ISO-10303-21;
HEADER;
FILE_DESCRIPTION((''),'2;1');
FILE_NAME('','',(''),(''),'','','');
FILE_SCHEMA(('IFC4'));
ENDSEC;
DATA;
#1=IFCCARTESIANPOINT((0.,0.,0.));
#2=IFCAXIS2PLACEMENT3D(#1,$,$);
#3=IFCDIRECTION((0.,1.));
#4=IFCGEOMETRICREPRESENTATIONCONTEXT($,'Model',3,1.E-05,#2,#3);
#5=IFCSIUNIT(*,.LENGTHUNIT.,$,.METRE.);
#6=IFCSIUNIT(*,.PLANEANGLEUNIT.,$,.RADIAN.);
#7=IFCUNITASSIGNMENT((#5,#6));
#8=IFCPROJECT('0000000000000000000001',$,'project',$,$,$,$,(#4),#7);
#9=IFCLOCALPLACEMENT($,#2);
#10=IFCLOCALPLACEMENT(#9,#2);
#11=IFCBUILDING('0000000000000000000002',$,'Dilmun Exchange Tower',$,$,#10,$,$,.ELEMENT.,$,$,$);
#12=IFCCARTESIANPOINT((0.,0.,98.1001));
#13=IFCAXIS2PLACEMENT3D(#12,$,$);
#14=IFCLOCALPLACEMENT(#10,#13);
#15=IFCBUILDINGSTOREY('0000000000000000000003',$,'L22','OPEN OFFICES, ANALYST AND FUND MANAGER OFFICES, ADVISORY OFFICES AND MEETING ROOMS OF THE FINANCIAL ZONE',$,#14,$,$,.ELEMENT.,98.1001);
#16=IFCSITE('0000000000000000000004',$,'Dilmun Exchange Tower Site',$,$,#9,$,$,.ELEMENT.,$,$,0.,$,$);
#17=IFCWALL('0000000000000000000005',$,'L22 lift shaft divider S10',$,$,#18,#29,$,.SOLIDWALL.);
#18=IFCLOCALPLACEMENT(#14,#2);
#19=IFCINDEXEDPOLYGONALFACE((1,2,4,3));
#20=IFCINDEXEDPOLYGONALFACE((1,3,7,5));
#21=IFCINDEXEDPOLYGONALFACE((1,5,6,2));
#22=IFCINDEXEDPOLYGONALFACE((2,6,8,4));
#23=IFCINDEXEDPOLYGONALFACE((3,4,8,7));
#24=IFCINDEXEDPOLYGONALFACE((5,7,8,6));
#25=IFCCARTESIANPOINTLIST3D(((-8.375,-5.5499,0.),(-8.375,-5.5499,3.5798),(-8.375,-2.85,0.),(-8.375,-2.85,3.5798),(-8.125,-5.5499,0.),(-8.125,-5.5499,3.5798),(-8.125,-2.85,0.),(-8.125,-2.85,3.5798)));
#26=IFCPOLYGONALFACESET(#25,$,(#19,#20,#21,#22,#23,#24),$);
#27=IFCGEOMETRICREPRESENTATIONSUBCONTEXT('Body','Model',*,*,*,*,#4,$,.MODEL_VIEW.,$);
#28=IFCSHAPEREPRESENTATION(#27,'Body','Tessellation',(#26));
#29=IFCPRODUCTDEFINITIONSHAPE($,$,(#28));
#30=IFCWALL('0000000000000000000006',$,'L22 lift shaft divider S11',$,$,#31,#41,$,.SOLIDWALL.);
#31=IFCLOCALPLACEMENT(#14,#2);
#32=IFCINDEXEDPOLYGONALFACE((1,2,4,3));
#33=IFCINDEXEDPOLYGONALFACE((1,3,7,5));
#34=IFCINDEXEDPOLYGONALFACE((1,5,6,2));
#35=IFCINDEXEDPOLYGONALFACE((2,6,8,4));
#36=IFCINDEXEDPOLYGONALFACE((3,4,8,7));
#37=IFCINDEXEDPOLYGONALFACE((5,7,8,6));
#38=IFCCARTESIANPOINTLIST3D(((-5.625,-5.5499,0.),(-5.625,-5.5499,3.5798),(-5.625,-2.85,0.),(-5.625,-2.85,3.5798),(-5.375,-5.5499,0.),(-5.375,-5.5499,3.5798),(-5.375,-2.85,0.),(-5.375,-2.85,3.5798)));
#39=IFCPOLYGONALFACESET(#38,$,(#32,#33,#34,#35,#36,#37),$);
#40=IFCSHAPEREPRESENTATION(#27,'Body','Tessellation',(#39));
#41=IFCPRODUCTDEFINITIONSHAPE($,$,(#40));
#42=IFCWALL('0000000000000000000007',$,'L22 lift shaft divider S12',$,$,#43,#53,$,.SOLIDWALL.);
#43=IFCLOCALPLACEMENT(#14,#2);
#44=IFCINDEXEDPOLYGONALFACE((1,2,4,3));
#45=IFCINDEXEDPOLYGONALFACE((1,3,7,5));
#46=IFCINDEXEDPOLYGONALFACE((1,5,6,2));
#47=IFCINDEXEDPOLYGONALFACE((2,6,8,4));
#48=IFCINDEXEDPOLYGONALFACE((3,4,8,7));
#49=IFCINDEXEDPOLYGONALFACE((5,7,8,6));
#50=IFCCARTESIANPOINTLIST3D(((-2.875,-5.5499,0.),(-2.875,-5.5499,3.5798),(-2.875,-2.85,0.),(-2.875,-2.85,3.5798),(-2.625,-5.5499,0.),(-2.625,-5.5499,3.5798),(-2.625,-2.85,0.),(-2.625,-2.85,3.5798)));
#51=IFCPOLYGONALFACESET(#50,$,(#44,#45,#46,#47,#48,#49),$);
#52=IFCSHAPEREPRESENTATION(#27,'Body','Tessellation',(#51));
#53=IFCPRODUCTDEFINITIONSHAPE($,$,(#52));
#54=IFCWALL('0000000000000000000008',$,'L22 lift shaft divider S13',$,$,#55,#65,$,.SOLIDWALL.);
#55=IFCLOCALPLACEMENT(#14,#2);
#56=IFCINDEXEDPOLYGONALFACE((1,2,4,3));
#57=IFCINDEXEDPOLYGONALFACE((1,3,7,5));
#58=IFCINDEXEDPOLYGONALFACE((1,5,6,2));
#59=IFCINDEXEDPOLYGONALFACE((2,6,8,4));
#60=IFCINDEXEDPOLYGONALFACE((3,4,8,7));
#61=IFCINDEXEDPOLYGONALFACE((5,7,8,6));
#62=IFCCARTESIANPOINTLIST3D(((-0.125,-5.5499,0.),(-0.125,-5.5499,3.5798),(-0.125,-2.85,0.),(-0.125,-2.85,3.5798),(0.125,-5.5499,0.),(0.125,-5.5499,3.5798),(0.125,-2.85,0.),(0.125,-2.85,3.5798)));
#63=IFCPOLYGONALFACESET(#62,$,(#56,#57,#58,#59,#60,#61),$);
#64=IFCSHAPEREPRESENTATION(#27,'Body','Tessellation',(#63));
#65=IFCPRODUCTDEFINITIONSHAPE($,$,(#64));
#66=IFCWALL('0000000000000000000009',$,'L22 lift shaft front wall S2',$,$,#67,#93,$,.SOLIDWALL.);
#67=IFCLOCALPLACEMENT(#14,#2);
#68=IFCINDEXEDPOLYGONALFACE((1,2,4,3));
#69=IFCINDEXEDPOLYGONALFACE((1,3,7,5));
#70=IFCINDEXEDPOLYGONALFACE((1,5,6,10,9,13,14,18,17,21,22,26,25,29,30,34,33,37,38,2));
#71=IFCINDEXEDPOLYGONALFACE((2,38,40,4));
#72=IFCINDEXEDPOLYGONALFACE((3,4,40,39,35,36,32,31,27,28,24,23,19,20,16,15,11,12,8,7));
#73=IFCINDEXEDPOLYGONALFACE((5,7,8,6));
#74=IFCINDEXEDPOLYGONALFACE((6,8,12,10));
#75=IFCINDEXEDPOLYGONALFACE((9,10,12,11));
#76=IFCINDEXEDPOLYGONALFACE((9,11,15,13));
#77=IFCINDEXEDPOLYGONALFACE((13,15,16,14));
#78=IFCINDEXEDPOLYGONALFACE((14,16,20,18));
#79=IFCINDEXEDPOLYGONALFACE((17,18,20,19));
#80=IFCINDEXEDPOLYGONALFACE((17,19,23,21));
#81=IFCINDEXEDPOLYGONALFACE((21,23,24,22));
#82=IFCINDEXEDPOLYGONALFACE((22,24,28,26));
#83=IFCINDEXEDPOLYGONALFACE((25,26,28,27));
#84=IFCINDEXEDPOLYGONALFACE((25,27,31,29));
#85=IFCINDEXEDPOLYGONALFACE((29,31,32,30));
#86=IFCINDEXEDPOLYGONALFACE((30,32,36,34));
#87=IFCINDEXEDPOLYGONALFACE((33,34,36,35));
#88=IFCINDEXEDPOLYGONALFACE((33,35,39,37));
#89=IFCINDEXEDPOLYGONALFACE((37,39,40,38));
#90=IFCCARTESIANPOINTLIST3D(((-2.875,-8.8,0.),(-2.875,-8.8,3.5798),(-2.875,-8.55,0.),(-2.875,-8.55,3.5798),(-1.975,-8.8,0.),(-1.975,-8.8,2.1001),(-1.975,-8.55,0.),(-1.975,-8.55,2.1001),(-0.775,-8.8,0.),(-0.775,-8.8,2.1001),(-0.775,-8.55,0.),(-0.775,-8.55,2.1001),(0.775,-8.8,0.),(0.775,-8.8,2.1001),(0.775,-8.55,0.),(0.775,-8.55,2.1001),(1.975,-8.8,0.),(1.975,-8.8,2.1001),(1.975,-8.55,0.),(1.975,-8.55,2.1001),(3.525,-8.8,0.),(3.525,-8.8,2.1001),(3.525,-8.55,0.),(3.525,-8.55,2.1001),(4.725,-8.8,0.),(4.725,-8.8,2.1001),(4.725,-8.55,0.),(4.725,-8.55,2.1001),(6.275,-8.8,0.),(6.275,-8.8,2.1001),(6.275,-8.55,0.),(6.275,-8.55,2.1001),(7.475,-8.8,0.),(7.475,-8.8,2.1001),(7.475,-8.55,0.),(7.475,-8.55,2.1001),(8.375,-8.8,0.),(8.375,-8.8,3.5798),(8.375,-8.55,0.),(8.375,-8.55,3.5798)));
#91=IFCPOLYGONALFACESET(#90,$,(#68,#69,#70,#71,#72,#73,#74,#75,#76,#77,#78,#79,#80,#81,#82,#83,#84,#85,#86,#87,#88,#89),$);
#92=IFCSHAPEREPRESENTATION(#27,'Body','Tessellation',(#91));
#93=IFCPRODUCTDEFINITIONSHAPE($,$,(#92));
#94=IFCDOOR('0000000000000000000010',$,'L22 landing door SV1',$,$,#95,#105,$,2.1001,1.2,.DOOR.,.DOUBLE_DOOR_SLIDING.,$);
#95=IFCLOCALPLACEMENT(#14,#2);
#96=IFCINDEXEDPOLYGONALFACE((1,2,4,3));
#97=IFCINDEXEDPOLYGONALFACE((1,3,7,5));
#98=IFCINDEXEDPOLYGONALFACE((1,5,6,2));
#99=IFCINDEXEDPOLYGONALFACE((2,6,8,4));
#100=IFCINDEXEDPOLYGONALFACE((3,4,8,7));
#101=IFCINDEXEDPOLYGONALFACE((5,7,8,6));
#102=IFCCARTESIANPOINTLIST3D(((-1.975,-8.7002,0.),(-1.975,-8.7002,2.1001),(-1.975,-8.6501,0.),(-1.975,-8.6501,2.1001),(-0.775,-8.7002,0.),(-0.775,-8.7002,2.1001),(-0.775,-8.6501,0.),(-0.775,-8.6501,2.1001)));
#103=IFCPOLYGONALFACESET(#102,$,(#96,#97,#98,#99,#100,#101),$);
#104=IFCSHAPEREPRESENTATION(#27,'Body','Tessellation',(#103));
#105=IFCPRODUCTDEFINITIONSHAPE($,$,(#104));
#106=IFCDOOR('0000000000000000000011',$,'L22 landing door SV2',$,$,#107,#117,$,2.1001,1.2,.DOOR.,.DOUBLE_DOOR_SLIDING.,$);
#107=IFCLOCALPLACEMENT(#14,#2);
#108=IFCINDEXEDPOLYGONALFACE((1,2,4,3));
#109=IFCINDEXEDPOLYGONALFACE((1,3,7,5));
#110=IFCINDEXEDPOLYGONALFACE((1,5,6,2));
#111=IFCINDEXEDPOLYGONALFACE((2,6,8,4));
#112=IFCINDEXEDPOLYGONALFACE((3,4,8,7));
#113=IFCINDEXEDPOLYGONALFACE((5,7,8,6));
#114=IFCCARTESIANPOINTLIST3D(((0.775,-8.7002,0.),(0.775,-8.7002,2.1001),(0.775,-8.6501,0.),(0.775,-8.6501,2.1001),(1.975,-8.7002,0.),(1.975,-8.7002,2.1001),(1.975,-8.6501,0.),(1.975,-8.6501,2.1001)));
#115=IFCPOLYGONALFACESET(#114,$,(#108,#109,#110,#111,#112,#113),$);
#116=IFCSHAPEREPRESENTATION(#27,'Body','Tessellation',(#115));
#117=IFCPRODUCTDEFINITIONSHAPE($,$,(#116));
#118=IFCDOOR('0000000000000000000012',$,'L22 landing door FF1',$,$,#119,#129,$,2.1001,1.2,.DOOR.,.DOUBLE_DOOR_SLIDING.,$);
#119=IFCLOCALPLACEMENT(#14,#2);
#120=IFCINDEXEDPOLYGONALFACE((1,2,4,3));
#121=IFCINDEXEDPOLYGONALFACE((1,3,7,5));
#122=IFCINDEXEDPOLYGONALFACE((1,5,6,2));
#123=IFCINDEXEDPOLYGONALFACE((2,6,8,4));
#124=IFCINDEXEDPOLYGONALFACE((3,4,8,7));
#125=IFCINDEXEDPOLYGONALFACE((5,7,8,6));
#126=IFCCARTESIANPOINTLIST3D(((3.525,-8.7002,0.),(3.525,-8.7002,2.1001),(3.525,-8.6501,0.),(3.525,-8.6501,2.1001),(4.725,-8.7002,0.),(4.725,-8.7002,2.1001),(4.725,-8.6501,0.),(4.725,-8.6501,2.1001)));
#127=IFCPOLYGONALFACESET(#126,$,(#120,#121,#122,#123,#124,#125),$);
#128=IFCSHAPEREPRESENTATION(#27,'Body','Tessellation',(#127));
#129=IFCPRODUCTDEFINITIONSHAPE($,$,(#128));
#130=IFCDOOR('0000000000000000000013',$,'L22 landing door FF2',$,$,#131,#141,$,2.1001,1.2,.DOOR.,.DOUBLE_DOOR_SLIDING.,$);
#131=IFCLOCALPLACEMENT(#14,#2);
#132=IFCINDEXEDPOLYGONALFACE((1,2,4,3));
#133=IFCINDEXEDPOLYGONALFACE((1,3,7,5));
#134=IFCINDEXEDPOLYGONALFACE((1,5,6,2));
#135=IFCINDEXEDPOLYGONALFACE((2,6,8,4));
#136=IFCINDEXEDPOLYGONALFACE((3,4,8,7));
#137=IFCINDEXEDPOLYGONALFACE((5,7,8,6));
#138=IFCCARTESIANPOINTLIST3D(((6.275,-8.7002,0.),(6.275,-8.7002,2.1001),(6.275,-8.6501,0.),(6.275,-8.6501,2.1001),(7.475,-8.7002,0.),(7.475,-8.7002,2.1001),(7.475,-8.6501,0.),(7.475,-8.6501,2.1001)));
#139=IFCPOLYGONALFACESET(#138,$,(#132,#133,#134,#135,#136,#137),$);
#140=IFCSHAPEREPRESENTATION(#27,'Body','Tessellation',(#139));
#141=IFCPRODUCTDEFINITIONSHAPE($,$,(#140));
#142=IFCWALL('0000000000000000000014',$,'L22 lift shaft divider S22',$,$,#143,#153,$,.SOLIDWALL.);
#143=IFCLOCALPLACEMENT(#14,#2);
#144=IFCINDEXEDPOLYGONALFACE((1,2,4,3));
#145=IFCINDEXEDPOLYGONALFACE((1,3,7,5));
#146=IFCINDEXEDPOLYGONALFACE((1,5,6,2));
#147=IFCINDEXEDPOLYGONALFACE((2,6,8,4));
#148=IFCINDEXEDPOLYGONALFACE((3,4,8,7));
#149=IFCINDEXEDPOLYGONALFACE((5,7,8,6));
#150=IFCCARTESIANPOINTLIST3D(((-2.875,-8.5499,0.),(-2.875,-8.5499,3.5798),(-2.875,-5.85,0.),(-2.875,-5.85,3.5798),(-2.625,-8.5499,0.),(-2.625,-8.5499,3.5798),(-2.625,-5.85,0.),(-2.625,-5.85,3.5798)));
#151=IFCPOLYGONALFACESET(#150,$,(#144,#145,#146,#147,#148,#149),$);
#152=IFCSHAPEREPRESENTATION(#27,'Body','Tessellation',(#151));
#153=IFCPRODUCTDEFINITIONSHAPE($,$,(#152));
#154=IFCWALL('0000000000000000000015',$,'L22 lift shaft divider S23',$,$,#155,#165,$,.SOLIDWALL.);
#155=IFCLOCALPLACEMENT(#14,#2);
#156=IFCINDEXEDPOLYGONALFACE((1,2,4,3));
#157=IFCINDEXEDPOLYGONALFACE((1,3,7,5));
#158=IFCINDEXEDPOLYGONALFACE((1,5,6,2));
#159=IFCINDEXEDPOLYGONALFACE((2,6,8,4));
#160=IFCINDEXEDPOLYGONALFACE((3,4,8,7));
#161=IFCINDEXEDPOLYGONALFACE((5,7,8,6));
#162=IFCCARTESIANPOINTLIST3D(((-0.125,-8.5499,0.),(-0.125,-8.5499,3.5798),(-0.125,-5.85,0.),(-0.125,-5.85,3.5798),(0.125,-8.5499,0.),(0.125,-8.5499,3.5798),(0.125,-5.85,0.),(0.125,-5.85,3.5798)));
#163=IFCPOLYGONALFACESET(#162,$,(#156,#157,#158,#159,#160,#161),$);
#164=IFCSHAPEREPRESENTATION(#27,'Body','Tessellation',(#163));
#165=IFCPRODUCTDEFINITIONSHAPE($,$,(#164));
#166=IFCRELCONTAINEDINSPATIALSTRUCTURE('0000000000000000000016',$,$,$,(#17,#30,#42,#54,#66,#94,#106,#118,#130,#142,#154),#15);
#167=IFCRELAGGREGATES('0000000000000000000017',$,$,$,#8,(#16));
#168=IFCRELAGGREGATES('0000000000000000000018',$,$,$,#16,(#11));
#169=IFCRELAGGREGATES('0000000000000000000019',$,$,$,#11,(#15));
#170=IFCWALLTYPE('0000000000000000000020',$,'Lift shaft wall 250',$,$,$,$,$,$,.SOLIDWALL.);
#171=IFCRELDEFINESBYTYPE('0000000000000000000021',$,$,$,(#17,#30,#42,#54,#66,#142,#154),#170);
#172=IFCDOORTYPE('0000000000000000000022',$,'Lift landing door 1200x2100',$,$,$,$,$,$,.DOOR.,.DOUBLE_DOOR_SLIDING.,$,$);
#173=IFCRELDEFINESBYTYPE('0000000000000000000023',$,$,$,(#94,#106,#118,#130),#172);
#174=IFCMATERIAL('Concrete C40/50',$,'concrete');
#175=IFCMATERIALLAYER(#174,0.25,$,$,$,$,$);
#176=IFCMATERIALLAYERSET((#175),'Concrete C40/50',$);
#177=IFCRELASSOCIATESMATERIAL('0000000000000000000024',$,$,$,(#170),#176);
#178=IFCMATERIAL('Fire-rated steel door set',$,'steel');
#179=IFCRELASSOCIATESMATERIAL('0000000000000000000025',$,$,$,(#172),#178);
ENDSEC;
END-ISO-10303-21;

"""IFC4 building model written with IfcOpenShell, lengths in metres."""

from ifc_helpers import new_model, si_unit, direction, frame, frame_2d, origin, place, context, subcontext, project, spatial, rectangle, extrude, material, layer, layer_set, type_object, element, fill, save


model = new_model("IFC4")

# Units and contexts
model_context = context("Model", 3, precision=1e-05, world=origin(), true_north=direction((0.0, 1.0)))
body_context = subcontext(model_context, "Body", "Model", "MODEL_VIEW")
ifc_project = project(units=[si_unit("LENGTHUNIT", "METRE"), si_unit("PLANEANGLEUNIT", "RADIAN")], contexts=[model_context])

# Site, building, storey
site_placement = place(None, origin())
site = spatial("IfcSite", under=ifc_project, at=site_placement, Name="Dilmun Exchange Tower Site", CompositionType="ELEMENT", RefElevation=0.0)
building_placement = place(site_placement, origin())
building = spatial("IfcBuilding", under=site, at=building_placement, Name="Dilmun Exchange Tower", CompositionType="ELEMENT")
storey_placement = place(building_placement, frame((0.0, 0.0, 98.1001)))
storey = spatial("IfcBuildingStorey", under=building, at=storey_placement, Name="L22", Description="OPEN OFFICES, ANALYST AND FUND MANAGER OFFICES, ADVISORY OFFICES AND MEETING ROOMS OF THE FINANCIAL ZONE", CompositionType="ELEMENT", Elevation=98.1001)

# Shared definitions
ifc_material_1 = material(Name="Concrete C40/50", Category="concrete")

# Shared definitions
ifc_material_2 = material(Name="Fire-rated steel door set", Category="steel")

# Walls
ifc_layer_1 = layer(ifc_material_1, 0.25)
ifc_layer_set_1 = layer_set([ifc_layer_1], Name="Concrete C40/50")
wall_type_1 = type_object("IfcWallType", Name="Lift shaft wall 250", PredefinedType="SOLIDWALL", material=ifc_layer_set_1)
for number, where, z_axis, x_axis, name in (
    (1, (-8.25, -5.55, 0.0), (0.0, 0.0, 1.0), (0.0, 1.0, 0.0), "L22 lift shaft divider S10"),
    (2, (-5.5, -5.55, 0.0), (0.0, 0.0, 1.0), (0.0, 1.0, 0.0), "L22 lift shaft divider S11"),
    (3, (-2.75, -5.55, 0.0), (0.0, 0.0, 1.0), (0.0, 1.0, 0.0), "L22 lift shaft divider S12"),
    (4, (0.0, -5.55, 0.0), (0.0, 0.0, 1.0), (0.0, 1.0, 0.0), "L22 lift shaft divider S13"),
):
    element("IfcWall", number, at=place(storey_placement, frame(where, z_axis=z_axis, x_axis=x_axis)), inside=storey, type_object=wall_type_1, Name=name, PredefinedType="SOLIDWALL", context=body_context, shape_type="SweptSolid", body=[
        extrude(rectangle(XDim=2.7, YDim=0.25, at=frame_2d((1.3501, 0.0))), origin(), (0.0, 0.0, 1.0), 3.5798),
    ])

# Wall, openings, doors
wall_1_placement = place(storey_placement, frame((-2.875, -8.675, 0.0), z_axis=(0.0, 0.0, 1.0), x_axis=(1.0, 0.0, 0.0)))
wall_1 = element("IfcWall", 5, at=wall_1_placement, inside=storey, type_object=wall_type_1, Name="L22 lift shaft front wall S2", PredefinedType="SOLIDWALL", context=body_context, shape_type="SweptSolid", body=[
    extrude(rectangle(XDim=11.25, YDim=0.25, at=frame_2d((5.625, 0.0))), origin(), (0.0, 0.0, 1.0), 3.5798),
])
opening_1_placement = place(wall_1_placement, frame((0.8999, 0.0, 0.0)))
opening_1 = element("IfcOpeningElement", 6, at=opening_1_placement, cuts=wall_1, PredefinedType="OPENING", context=body_context, shape_type="SweptSolid", body=[
    extrude(rectangle(XDim=1.2, YDim=2.1001, at=frame_2d((0.6001, 1.05))), frame((0.0, 0.135, 0.0), z_axis=(0.0, -1.0, 0.0), x_axis=(1.0, 0.0, 0.0)), (0.0, 0.0, 1.0), 0.27),
])
opening_2_placement = place(wall_1_placement, frame((3.6499, 0.0, 0.0)))
opening_2 = element("IfcOpeningElement", 7, at=opening_2_placement, cuts=wall_1, PredefinedType="OPENING", context=body_context, shape_type="SweptSolid", body=[
    extrude(rectangle(XDim=1.2, YDim=2.1001, at=frame_2d((0.6001, 1.05))), frame((0.0, 0.135, 0.0), z_axis=(0.0, -1.0, 0.0), x_axis=(1.0, 0.0, 0.0)), (0.0, 0.0, 1.0), 0.27),
])
opening_3_placement = place(wall_1_placement, frame((6.3999, 0.0, 0.0)))
opening_3 = element("IfcOpeningElement", 8, at=opening_3_placement, cuts=wall_1, PredefinedType="OPENING", context=body_context, shape_type="SweptSolid", body=[
    extrude(rectangle(XDim=1.2, YDim=2.1001, at=frame_2d((0.6001, 1.05))), frame((0.0, 0.135, 0.0), z_axis=(0.0, -1.0, 0.0), x_axis=(1.0, 0.0, 0.0)), (0.0, 0.0, 1.0), 0.27),
])
opening_4_placement = place(wall_1_placement, frame((9.1499, 0.0, 0.0)))
opening_4 = element("IfcOpeningElement", 9, at=opening_4_placement, cuts=wall_1, PredefinedType="OPENING", context=body_context, shape_type="SweptSolid", body=[
    extrude(rectangle(XDim=1.2, YDim=2.1001, at=frame_2d((0.6001, 1.05))), frame((0.0, 0.135, 0.0), z_axis=(0.0, -1.0, 0.0), x_axis=(1.0, 0.0, 0.0)), (0.0, 0.0, 1.0), 0.27),
])
door_type_1 = type_object("IfcDoorType", Name="Lift landing door 1200x2100", OperationType="DOUBLE_DOOR_SLIDING", PredefinedType="DOOR", material=ifc_material_2)
door_1_placement = place(opening_1_placement, origin())
door_1 = element("IfcDoor", 10, at=door_1_placement, inside=storey, type_object=door_type_1, Name="L22 landing door SV1", OperationType="DOUBLE_DOOR_SLIDING", OverallHeight=2.1001, OverallWidth=1.2, PredefinedType="DOOR", context=body_context, shape_type="SweptSolid", body=[
    extrude(rectangle(XDim=1.2, YDim=2.1001, at=frame_2d((0.6001, 1.05))), frame((0.0, 0.0249, 0.0), z_axis=(0.0, -1.0, 0.0), x_axis=(1.0, 0.0, 0.0)), (0.0, 0.0, 1.0), 0.05),
])
fill(opening_1, door_1)
door_2_placement = place(opening_2_placement, origin())
door_2 = element("IfcDoor", 11, at=door_2_placement, inside=storey, type_object=door_type_1, Name="L22 landing door SV2", OperationType="DOUBLE_DOOR_SLIDING", OverallHeight=2.1001, OverallWidth=1.2, PredefinedType="DOOR", context=body_context, shape_type="SweptSolid", body=[
    extrude(rectangle(XDim=1.2, YDim=2.1001, at=frame_2d((0.6001, 1.05))), frame((0.0, 0.0249, 0.0), z_axis=(0.0, -1.0, 0.0), x_axis=(1.0, 0.0, 0.0)), (0.0, 0.0, 1.0), 0.05),
])
fill(opening_2, door_2)
door_3_placement = place(opening_3_placement, origin())
door_3 = element("IfcDoor", 12, at=door_3_placement, inside=storey, type_object=door_type_1, Name="L22 landing door FF1", OperationType="DOUBLE_DOOR_SLIDING", OverallHeight=2.1001, OverallWidth=1.2, PredefinedType="DOOR", context=body_context, shape_type="SweptSolid", body=[
    extrude(rectangle(XDim=1.2, YDim=2.1001, at=frame_2d((0.6001, 1.05))), frame((0.0, 0.0249, 0.0), z_axis=(0.0, -1.0, 0.0), x_axis=(1.0, 0.0, 0.0)), (0.0, 0.0, 1.0), 0.05),
])
fill(opening_3, door_3)
door_4_placement = place(opening_4_placement, origin())
door_4 = element("IfcDoor", 13, at=door_4_placement, inside=storey, type_object=door_type_1, Name="L22 landing door FF2", OperationType="DOUBLE_DOOR_SLIDING", OverallHeight=2.1001, OverallWidth=1.2, PredefinedType="DOOR", context=body_context, shape_type="SweptSolid", body=[
    extrude(rectangle(XDim=1.2, YDim=2.1001, at=frame_2d((0.6001, 1.05))), frame((0.0, 0.0249, 0.0), z_axis=(0.0, -1.0, 0.0), x_axis=(1.0, 0.0, 0.0)), (0.0, 0.0, 1.0), 0.05),
])
fill(opening_4, door_4)

# Walls
for number, where, z_axis, x_axis, name in (
    (14, (-2.75, -8.55, 0.0), (0.0, 0.0, 1.0), (0.0, 1.0, 0.0), "L22 lift shaft divider S22"),
    (15, (0.0, -8.55, 0.0), (0.0, 0.0, 1.0), (0.0, 1.0, 0.0), "L22 lift shaft divider S23"),
):
    element("IfcWall", number, at=place(storey_placement, frame(where, z_axis=z_axis, x_axis=x_axis)), inside=storey, type_object=wall_type_1, Name=name, PredefinedType="SOLIDWALL", context=body_context, shape_type="SweptSolid", body=[
        extrude(rectangle(XDim=2.7, YDim=0.25, at=frame_2d((1.3501, 0.0))), origin(), (0.0, 0.0, 1.0), 3.5798),
    ])

save(model, "model.ifc")
